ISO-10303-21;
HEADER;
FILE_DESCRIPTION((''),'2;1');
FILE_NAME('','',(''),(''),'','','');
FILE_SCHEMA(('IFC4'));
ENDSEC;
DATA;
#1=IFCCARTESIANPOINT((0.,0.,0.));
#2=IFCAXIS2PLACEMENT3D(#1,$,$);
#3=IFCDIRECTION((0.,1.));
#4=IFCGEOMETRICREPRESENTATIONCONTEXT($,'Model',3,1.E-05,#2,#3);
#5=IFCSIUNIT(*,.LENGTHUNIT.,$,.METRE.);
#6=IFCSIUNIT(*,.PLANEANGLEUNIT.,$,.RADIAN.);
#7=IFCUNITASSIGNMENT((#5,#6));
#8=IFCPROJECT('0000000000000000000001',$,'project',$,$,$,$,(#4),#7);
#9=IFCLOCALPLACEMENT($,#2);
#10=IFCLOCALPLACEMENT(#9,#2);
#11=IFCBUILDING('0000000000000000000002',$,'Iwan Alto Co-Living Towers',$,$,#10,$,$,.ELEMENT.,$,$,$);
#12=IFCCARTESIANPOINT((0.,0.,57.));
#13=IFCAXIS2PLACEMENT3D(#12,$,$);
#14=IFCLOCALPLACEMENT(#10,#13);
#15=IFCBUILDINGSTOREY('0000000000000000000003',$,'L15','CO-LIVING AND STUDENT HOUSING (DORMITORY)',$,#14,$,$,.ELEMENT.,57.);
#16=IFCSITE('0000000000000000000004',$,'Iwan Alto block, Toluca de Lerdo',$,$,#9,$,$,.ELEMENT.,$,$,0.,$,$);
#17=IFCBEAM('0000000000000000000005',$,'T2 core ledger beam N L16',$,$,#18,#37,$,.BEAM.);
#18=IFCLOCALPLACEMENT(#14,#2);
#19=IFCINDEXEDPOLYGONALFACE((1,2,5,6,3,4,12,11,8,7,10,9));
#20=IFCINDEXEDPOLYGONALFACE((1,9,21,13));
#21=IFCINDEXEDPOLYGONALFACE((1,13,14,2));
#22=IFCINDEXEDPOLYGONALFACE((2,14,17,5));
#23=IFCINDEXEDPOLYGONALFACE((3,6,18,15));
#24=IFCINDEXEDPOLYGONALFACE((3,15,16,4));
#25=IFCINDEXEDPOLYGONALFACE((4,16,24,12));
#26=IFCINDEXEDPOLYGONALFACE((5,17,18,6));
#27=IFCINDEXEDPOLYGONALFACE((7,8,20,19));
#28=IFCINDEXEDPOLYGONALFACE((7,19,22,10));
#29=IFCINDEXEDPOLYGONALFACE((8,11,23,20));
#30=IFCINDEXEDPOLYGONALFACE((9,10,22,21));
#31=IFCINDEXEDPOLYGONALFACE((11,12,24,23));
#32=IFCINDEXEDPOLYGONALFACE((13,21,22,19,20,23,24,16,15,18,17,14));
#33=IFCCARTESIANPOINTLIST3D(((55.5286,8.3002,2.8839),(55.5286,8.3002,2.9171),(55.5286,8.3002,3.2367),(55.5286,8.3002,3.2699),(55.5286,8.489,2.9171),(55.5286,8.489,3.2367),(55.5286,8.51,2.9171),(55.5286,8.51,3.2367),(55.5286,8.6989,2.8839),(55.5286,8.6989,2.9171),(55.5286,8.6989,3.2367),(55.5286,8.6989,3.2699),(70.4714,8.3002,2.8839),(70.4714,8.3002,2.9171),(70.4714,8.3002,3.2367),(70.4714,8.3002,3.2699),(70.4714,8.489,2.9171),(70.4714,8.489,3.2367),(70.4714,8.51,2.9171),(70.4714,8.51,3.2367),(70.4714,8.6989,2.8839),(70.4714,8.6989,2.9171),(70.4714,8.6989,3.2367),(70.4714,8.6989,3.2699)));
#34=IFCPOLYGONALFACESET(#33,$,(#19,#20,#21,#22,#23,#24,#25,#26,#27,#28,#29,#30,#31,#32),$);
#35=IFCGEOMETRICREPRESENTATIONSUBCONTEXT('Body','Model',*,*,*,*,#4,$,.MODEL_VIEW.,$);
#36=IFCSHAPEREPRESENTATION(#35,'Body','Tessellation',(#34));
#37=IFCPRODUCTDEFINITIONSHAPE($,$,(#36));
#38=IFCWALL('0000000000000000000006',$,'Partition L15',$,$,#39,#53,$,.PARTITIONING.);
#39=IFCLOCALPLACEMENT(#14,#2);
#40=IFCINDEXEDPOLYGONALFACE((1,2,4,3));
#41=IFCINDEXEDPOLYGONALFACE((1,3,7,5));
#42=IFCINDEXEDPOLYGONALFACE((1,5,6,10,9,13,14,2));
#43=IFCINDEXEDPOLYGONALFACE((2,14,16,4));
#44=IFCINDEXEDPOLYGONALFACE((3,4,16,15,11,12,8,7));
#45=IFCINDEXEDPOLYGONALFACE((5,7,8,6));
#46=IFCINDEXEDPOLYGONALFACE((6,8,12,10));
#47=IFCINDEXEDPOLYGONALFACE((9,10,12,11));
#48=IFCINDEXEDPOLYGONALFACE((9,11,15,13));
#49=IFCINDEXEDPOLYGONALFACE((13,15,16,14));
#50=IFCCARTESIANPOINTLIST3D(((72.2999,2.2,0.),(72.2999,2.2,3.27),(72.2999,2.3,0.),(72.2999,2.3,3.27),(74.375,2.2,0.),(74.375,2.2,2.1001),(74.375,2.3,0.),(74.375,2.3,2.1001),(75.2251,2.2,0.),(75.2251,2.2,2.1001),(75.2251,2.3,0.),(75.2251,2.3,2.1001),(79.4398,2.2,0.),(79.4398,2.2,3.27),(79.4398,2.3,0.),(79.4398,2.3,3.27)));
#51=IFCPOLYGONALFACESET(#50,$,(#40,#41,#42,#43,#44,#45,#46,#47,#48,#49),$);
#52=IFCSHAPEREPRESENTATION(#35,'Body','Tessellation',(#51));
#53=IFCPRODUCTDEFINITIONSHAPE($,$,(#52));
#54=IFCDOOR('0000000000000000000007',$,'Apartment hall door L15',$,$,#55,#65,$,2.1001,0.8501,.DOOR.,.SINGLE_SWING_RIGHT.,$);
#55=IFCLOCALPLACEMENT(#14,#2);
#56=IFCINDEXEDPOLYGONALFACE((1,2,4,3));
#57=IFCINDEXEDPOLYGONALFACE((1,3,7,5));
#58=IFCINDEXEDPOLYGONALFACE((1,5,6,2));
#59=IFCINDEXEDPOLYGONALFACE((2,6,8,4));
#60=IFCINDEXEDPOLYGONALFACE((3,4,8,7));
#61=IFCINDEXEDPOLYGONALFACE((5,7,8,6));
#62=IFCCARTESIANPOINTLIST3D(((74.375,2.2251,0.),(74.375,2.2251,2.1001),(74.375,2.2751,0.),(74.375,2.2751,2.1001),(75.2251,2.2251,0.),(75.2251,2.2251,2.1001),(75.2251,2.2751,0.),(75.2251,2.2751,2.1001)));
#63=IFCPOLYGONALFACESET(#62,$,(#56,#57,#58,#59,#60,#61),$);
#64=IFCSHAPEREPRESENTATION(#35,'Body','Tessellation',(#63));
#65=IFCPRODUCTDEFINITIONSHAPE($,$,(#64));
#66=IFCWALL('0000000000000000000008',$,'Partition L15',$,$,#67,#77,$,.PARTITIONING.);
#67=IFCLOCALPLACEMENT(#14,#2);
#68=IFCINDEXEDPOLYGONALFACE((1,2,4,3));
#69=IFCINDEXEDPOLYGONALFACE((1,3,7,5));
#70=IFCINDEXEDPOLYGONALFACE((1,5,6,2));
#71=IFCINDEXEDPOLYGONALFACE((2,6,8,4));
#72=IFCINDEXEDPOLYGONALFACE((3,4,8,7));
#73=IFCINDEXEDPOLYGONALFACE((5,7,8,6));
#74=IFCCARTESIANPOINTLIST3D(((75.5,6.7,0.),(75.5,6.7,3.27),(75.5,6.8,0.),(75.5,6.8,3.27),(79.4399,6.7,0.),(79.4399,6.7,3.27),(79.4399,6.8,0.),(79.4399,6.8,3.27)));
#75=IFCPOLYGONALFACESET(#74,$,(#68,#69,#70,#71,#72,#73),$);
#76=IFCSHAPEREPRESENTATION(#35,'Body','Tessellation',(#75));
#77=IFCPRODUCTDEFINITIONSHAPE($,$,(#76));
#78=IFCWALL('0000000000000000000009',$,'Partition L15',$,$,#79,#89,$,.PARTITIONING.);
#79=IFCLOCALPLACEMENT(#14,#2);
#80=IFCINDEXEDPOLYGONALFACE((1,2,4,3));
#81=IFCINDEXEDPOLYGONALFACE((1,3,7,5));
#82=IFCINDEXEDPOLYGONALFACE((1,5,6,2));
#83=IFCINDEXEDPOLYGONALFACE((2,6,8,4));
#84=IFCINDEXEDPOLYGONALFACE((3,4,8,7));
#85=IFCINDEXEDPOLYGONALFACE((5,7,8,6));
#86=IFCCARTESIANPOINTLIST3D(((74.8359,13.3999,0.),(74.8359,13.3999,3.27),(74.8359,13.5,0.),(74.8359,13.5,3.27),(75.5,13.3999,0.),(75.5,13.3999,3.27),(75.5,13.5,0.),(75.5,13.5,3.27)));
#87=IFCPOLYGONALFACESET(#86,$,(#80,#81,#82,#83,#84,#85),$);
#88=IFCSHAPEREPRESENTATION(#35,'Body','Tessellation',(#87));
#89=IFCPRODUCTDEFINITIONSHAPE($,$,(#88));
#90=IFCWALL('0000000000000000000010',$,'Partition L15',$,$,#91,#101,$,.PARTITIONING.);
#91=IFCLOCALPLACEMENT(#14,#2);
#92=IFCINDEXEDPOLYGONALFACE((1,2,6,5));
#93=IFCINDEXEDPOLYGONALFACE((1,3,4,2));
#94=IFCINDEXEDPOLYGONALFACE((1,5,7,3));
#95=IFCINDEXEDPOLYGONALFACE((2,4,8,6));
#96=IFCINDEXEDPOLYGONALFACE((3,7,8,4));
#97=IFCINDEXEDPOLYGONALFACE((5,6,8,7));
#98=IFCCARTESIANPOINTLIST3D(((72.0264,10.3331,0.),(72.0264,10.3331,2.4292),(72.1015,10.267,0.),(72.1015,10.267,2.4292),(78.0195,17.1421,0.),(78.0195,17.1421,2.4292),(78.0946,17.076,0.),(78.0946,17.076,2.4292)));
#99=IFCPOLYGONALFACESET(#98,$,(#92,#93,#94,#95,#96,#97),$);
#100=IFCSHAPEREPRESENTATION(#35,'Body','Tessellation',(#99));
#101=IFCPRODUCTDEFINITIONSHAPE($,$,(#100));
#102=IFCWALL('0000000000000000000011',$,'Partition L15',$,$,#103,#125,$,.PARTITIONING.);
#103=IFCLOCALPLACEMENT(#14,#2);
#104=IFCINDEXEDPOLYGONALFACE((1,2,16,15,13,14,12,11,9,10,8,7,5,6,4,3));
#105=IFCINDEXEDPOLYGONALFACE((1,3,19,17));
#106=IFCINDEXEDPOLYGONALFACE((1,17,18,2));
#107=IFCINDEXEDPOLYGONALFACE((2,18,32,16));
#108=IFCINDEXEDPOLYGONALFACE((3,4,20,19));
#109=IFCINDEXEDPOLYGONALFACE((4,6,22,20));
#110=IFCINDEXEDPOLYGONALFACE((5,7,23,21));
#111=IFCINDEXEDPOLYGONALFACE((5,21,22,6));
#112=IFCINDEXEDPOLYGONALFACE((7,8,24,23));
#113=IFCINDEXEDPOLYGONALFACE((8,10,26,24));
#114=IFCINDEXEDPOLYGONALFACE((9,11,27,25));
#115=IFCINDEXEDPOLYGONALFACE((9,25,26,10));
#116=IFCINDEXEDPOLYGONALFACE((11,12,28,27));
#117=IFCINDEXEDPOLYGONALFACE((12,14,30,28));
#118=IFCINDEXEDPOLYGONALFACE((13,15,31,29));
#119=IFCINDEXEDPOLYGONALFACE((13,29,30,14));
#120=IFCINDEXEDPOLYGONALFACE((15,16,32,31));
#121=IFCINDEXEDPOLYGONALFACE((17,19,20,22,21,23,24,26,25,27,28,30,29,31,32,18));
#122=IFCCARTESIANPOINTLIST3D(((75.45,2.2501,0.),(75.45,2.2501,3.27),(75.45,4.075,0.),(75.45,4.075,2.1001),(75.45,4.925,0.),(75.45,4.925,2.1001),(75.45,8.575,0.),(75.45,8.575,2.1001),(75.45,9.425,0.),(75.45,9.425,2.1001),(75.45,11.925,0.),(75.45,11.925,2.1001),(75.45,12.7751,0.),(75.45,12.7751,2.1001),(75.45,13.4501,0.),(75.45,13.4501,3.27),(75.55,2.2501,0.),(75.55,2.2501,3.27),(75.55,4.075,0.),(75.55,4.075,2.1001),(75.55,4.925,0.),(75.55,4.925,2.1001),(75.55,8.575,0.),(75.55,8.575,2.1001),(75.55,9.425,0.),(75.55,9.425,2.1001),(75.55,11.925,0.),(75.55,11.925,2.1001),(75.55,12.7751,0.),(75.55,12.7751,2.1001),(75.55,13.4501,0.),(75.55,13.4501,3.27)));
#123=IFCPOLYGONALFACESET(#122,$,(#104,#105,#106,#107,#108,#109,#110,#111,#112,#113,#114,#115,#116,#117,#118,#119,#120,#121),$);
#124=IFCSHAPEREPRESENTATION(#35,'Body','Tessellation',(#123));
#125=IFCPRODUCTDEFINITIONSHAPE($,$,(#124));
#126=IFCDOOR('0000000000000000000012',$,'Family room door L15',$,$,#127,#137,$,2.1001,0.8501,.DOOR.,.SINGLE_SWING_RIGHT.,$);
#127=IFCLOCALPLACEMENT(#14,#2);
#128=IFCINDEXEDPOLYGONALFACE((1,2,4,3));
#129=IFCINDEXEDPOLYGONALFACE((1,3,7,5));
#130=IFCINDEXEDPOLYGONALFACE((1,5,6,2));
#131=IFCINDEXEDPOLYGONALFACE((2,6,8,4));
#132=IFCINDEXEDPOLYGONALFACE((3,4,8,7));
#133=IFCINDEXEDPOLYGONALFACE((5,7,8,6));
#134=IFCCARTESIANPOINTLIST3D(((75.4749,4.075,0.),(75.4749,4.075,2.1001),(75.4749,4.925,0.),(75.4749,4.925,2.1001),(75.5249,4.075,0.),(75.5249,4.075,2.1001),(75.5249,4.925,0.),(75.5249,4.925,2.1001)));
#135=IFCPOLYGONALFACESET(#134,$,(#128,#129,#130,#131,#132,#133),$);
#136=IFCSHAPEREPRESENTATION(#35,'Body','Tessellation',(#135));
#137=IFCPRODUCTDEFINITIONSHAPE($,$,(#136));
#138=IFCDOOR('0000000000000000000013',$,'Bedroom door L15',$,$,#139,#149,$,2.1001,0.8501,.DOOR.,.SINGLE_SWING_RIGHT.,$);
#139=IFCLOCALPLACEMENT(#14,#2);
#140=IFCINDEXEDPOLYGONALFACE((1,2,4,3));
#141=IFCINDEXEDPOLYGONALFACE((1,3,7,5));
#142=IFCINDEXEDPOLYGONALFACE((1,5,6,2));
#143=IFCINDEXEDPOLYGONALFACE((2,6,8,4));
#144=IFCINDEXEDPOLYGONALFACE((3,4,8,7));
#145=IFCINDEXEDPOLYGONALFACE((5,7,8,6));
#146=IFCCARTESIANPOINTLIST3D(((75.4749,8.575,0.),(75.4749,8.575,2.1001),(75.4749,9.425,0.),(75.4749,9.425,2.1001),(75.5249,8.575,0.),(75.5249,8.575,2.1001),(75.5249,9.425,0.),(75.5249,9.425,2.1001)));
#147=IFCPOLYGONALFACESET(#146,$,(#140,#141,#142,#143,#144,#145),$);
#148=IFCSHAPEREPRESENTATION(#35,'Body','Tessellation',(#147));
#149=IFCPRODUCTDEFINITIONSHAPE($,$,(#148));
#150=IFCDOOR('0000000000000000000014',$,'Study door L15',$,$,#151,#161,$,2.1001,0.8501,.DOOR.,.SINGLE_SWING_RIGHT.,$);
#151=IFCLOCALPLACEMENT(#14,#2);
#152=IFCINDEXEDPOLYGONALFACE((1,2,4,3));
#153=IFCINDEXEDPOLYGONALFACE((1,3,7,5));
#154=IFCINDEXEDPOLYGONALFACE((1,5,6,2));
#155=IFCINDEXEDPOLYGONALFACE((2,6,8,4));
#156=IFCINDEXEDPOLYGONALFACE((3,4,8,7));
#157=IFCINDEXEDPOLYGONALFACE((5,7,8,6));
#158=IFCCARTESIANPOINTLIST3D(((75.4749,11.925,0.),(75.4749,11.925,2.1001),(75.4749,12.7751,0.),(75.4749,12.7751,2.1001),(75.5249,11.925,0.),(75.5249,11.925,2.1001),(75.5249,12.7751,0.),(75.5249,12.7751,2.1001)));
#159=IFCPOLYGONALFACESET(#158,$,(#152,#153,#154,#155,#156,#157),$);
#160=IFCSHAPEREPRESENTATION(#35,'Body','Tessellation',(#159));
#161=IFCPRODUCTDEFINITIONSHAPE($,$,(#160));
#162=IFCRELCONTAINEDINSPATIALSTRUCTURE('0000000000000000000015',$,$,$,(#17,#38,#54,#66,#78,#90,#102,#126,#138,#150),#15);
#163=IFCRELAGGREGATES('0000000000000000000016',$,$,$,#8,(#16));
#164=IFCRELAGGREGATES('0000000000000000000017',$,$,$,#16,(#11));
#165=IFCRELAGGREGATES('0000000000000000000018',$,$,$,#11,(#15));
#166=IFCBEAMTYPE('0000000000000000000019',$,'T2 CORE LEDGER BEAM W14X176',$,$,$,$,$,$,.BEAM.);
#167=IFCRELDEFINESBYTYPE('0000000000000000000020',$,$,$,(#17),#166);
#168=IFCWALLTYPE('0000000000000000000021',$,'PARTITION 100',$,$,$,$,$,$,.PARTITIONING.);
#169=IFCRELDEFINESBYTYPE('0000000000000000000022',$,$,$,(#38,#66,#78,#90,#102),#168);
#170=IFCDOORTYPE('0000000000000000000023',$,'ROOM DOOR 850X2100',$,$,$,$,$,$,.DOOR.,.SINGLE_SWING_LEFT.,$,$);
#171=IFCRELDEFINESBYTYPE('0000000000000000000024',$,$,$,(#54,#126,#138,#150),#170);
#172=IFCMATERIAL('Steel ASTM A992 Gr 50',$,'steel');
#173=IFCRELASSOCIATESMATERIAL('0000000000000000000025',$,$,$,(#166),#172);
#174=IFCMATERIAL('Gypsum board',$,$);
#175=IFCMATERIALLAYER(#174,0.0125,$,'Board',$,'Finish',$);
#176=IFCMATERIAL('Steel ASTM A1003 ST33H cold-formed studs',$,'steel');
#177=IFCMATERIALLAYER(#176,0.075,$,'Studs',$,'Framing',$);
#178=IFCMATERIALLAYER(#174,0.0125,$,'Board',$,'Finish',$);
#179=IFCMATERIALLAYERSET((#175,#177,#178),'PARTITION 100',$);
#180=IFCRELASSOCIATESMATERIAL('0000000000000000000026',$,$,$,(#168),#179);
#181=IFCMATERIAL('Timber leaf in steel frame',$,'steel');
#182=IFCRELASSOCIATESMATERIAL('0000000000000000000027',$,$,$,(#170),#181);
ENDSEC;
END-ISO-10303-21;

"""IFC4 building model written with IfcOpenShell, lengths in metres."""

from ifc_helpers import new_model, si_unit, direction, frame, frame_2d, origin, origin_2d, place, context, subcontext, project, spatial, rectangle, i_section, extrude, material, layer, layer_set, material_profile, profile_set, type_object, element, fill, save


model = new_model("IFC4")

# Units and contexts
model_context = context("Model", 3, precision=1e-05, world=origin(), true_north=direction((0.0, 1.0)))
body_context = subcontext(model_context, "Body", "Model", "MODEL_VIEW")
ifc_project = project(units=[si_unit("LENGTHUNIT", "METRE"), si_unit("PLANEANGLEUNIT", "RADIAN")], contexts=[model_context])

# Site, building, storey
site_placement = place(None, origin())
site = spatial("IfcSite", under=ifc_project, at=site_placement, Name="Iwan Alto block, Toluca de Lerdo", CompositionType="ELEMENT", RefElevation=0.0)
building_placement = place(site_placement, origin())
building = spatial("IfcBuilding", under=site, at=building_placement, Name="Iwan Alto Co-Living Towers", CompositionType="ELEMENT")
storey_placement = place(building_placement, frame((0.0, 0.0, 57.0)))
storey = spatial("IfcBuildingStorey", under=building, at=storey_placement, Name="L15", Description="CO-LIVING AND STUDENT HOUSING (DORMITORY)", CompositionType="ELEMENT", Elevation=57.0)

# Beam
ifc_material_1 = material(Name="Steel ASTM A992 Gr 50", Category="steel")
ifc_material_profile = material_profile(ifc_material_1, i_section(OverallWidth=0.3987, OverallDepth=0.386, WebThickness=0.021, FlangeThickness=0.0332, at=origin_2d()), Name="W14X176")
ifc_profile_set = profile_set([ifc_material_profile], Name="Steel ASTM A992 Gr 50")
beam_type = type_object("IfcBeamType", Name="T2 CORE LEDGER BEAM W14X176", PredefinedType="BEAM", material=ifc_profile_set)
beam_placement = place(storey_placement, frame((70.4714, 8.4995, 3.0769), z_axis=(-1.0, 0.0, 0.0), x_axis=(0.0, -1.0, 0.0)))
element("IfcBeam", 1, at=beam_placement, inside=storey, type_object=beam_type, Name="T2 core ledger beam N L16", PredefinedType="BEAM", context=body_context, shape_type="SweptSolid", body=[
    extrude(i_section(OverallWidth=0.3987, OverallDepth=0.386, WebThickness=0.021, FlangeThickness=0.0332, at=origin_2d()), origin(), (0.0, 0.0, 1.0), 14.9429),
])

# Wall, opening, door
ifc_material_2 = material(Name="Gypsum board")
ifc_layer_1 = layer(ifc_material_2, 0.0125, Name="Board", Category="Finish")
ifc_material_3 = material(Name="Steel ASTM A1003 ST33H cold-formed studs", Category="steel")
ifc_layer_2 = layer(ifc_material_3, 0.075, Name="Studs", Category="Framing")
ifc_layer_3 = layer(ifc_material_2, 0.0125, Name="Board", Category="Finish")
ifc_layer_set_1 = layer_set([ifc_layer_1, ifc_layer_2, ifc_layer_3], Name="PARTITION 100")
wall_type_1 = type_object("IfcWallType", Name="PARTITION 100", PredefinedType="PARTITIONING", material=ifc_layer_set_1)
wall_1_placement = place(storey_placement, frame((72.3, 2.25, 0.0), z_axis=(0.0, 0.0, 1.0), x_axis=(1.0, 0.0, 0.0)))
wall_1 = element("IfcWall", 2, at=wall_1_placement, inside=storey, type_object=wall_type_1, Name="Partition L15", PredefinedType="PARTITIONING", context=body_context, shape_type="SweptSolid", body=[
    extrude(rectangle(XDim=7.1399, YDim=0.1001, at=frame_2d((3.5698, 0.0))), origin(), (0.0, 0.0, 1.0), 3.27),
])
opening_1_placement = place(wall_1_placement, frame((2.075, 0.0, 0.0)))
opening_1 = element("IfcOpeningElement", 3, at=opening_1_placement, cuts=wall_1, PredefinedType="OPENING", context=body_context, shape_type="SweptSolid", body=[
    extrude(rectangle(XDim=0.8501, YDim=2.1001, at=frame_2d((0.425, 1.05))), frame((0.0, 0.0601, 0.0), z_axis=(0.0, -1.0, 0.0), x_axis=(1.0, 0.0, 0.0)), (0.0, 0.0, 1.0), 0.1201),
])
ifc_material_4 = material(Name="Timber leaf in steel frame", Category="steel")
door_type_1 = type_object("IfcDoorType", Name="ROOM DOOR 850X2100", OperationType="SINGLE_SWING_LEFT", PredefinedType="DOOR", material=ifc_material_4)
door_1_placement = place(opening_1_placement, frame((0.8501, 0.0, 0.0), z_axis=(0.0, 0.0, 1.0), x_axis=(-1.0, 0.0, 0.0)))
door_1 = element("IfcDoor", 4, at=door_1_placement, inside=storey, type_object=door_type_1, Name="Apartment hall door L15", OperationType="SINGLE_SWING_RIGHT", OverallHeight=2.1001, OverallWidth=0.8501, PredefinedType="DOOR", context=body_context, shape_type="SweptSolid", body=[
    extrude(rectangle(XDim=0.8501, YDim=2.1001, at=frame_2d((0.425, 1.05))), frame((0.0, 0.0249, 0.0), z_axis=(0.0, -1.0, 0.0), x_axis=(1.0, 0.0, 0.0)), (0.0, 0.0, 1.0), 0.05),
])
fill(opening_1, door_1)

# Walls
wall_2_placement = place(storey_placement, frame((75.5, 6.75, 0.0), z_axis=(0.0, 0.0, 1.0), x_axis=(1.0, 0.0, 0.0)))
element("IfcWall", 5, at=wall_2_placement, inside=storey, type_object=wall_type_1, Name="Partition L15", PredefinedType="PARTITIONING", context=body_context, shape_type="SweptSolid", body=[
    extrude(rectangle(XDim=3.9399, YDim=0.1001, at=frame_2d((1.97, 0.0))), origin(), (0.0, 0.0, 1.0), 3.27),
])
wall_3_placement = place(storey_placement, frame((74.8359, 13.45, 0.0), z_axis=(0.0, 0.0, 1.0), x_axis=(1.0, 0.0, 0.0)))
element("IfcWall", 6, at=wall_3_placement, inside=storey, type_object=wall_type_1, Name="Partition L15", PredefinedType="PARTITIONING", context=body_context, shape_type="SweptSolid", body=[
    extrude(rectangle(XDim=0.6641, YDim=0.1001, at=frame_2d((0.332, 0.0))), origin(), (0.0, 0.0, 1.0), 3.27),
])
wall_4_placement = place(storey_placement, frame((72.064, 10.3, 0.0), z_axis=(0.0, 0.0, 1.0), x_axis=(0.660701, 0.750649, 0.0)))
element("IfcWall", 7, at=wall_4_placement, inside=storey, type_object=wall_type_1, Name="Partition L15", PredefinedType="PARTITIONING", context=body_context, shape_type="SweptSolid", body=[
    extrude(rectangle(XDim=9.0708, YDim=0.1001, at=frame_2d((4.5354, 0.0))), origin(), (0.0, 0.0, 1.0), 2.4292),
])

# Wall, openings, doors
wall_5_placement = place(storey_placement, frame((75.5, 2.25, 0.0), z_axis=(0.0, 0.0, 1.0), x_axis=(0.0, 1.0, 0.0)))
wall_5 = element("IfcWall", 8, at=wall_5_placement, inside=storey, type_object=wall_type_1, Name="Partition L15", PredefinedType="PARTITIONING", context=body_context, shape_type="SweptSolid", body=[
    extrude(rectangle(XDim=11.2, YDim=0.1001, at=frame_2d((5.6001, 0.0))), origin(), (0.0, 0.0, 1.0), 3.27),
])
opening_2_placement = place(wall_5_placement, frame((1.825, 0.0, 0.0)))
opening_2 = element("IfcOpeningElement", 9, at=opening_2_placement, cuts=wall_5, PredefinedType="OPENING", context=body_context, shape_type="SweptSolid", body=[
    extrude(rectangle(XDim=0.8501, YDim=2.1001, at=frame_2d((0.425, 1.05))), frame((0.0, 0.0601, 0.0), z_axis=(0.0, -1.0, 0.0), x_axis=(1.0, 0.0, 0.0)), (0.0, 0.0, 1.0), 0.1201),
])
opening_3_placement = place(wall_5_placement, frame((6.325, 0.0, 0.0)))
opening_3 = element("IfcOpeningElement", 10, at=opening_3_placement, cuts=wall_5, PredefinedType="OPENING", context=body_context, shape_type="SweptSolid", body=[
    extrude(rectangle(XDim=0.8501, YDim=2.1001, at=frame_2d((0.425, 1.05))), frame((0.0, 0.0601, 0.0), z_axis=(0.0, -1.0, 0.0), x_axis=(1.0, 0.0, 0.0)), (0.0, 0.0, 1.0), 0.1201),
])
opening_4_placement = place(wall_5_placement, frame((9.675, 0.0, 0.0)))
opening_4 = element("IfcOpeningElement", 11, at=opening_4_placement, cuts=wall_5, PredefinedType="OPENING", context=body_context, shape_type="SweptSolid", body=[
    extrude(rectangle(XDim=0.8501, YDim=2.1001, at=frame_2d((0.425, 1.05))), frame((0.0, 0.0601, 0.0), z_axis=(0.0, -1.0, 0.0), x_axis=(1.0, 0.0, 0.0)), (0.0, 0.0, 1.0), 0.1201),
])
door_2_placement = place(opening_2_placement, frame((0.8501, 0.0, 0.0), z_axis=(0.0, 0.0, 1.0), x_axis=(-1.0, 0.0, 0.0)))
door_2 = element("IfcDoor", 12, at=door_2_placement, inside=storey, type_object=door_type_1, Name="Family room door L15", OperationType="SINGLE_SWING_RIGHT", OverallHeight=2.1001, OverallWidth=0.8501, PredefinedType="DOOR", context=body_context, shape_type="SweptSolid", body=[
    extrude(rectangle(XDim=0.8501, YDim=2.1001, at=frame_2d((0.425, 1.05))), frame((0.0, 0.0249, 0.0), z_axis=(0.0, -1.0, 0.0), x_axis=(1.0, 0.0, 0.0)), (0.0, 0.0, 1.0), 0.05),
])
fill(opening_2, door_2)
door_3_placement = place(opening_3_placement, frame((0.8501, 0.0, 0.0), z_axis=(0.0, 0.0, 1.0), x_axis=(-1.0, 0.0, 0.0)))
door_3 = element("IfcDoor", 13, at=door_3_placement, inside=storey, type_object=door_type_1, Name="Bedroom door L15", OperationType="SINGLE_SWING_RIGHT", OverallHeight=2.1001, OverallWidth=0.8501, PredefinedType="DOOR", context=body_context, shape_type="SweptSolid", body=[
    extrude(rectangle(XDim=0.8501, YDim=2.1001, at=frame_2d((0.425, 1.05))), frame((0.0, 0.0249, 0.0), z_axis=(0.0, -1.0, 0.0), x_axis=(1.0, 0.0, 0.0)), (0.0, 0.0, 1.0), 0.05),
])
fill(opening_3, door_3)
door_4_placement = place(opening_4_placement, frame((0.8501, 0.0, 0.0), z_axis=(0.0, 0.0, 1.0), x_axis=(-1.0, 0.0, 0.0)))
door_4 = element("IfcDoor", 14, at=door_4_placement, inside=storey, type_object=door_type_1, Name="Study door L15", OperationType="SINGLE_SWING_RIGHT", OverallHeight=2.1001, OverallWidth=0.8501, PredefinedType="DOOR", context=body_context, shape_type="SweptSolid", body=[
    extrude(rectangle(XDim=0.8501, YDim=2.1001, at=frame_2d((0.425, 1.05))), frame((0.0, 0.0249, 0.0), z_axis=(0.0, -1.0, 0.0), x_axis=(1.0, 0.0, 0.0)), (0.0, 0.0, 1.0), 0.05),
])
fill(opening_4, door_4)

save(model, "model.ifc")
